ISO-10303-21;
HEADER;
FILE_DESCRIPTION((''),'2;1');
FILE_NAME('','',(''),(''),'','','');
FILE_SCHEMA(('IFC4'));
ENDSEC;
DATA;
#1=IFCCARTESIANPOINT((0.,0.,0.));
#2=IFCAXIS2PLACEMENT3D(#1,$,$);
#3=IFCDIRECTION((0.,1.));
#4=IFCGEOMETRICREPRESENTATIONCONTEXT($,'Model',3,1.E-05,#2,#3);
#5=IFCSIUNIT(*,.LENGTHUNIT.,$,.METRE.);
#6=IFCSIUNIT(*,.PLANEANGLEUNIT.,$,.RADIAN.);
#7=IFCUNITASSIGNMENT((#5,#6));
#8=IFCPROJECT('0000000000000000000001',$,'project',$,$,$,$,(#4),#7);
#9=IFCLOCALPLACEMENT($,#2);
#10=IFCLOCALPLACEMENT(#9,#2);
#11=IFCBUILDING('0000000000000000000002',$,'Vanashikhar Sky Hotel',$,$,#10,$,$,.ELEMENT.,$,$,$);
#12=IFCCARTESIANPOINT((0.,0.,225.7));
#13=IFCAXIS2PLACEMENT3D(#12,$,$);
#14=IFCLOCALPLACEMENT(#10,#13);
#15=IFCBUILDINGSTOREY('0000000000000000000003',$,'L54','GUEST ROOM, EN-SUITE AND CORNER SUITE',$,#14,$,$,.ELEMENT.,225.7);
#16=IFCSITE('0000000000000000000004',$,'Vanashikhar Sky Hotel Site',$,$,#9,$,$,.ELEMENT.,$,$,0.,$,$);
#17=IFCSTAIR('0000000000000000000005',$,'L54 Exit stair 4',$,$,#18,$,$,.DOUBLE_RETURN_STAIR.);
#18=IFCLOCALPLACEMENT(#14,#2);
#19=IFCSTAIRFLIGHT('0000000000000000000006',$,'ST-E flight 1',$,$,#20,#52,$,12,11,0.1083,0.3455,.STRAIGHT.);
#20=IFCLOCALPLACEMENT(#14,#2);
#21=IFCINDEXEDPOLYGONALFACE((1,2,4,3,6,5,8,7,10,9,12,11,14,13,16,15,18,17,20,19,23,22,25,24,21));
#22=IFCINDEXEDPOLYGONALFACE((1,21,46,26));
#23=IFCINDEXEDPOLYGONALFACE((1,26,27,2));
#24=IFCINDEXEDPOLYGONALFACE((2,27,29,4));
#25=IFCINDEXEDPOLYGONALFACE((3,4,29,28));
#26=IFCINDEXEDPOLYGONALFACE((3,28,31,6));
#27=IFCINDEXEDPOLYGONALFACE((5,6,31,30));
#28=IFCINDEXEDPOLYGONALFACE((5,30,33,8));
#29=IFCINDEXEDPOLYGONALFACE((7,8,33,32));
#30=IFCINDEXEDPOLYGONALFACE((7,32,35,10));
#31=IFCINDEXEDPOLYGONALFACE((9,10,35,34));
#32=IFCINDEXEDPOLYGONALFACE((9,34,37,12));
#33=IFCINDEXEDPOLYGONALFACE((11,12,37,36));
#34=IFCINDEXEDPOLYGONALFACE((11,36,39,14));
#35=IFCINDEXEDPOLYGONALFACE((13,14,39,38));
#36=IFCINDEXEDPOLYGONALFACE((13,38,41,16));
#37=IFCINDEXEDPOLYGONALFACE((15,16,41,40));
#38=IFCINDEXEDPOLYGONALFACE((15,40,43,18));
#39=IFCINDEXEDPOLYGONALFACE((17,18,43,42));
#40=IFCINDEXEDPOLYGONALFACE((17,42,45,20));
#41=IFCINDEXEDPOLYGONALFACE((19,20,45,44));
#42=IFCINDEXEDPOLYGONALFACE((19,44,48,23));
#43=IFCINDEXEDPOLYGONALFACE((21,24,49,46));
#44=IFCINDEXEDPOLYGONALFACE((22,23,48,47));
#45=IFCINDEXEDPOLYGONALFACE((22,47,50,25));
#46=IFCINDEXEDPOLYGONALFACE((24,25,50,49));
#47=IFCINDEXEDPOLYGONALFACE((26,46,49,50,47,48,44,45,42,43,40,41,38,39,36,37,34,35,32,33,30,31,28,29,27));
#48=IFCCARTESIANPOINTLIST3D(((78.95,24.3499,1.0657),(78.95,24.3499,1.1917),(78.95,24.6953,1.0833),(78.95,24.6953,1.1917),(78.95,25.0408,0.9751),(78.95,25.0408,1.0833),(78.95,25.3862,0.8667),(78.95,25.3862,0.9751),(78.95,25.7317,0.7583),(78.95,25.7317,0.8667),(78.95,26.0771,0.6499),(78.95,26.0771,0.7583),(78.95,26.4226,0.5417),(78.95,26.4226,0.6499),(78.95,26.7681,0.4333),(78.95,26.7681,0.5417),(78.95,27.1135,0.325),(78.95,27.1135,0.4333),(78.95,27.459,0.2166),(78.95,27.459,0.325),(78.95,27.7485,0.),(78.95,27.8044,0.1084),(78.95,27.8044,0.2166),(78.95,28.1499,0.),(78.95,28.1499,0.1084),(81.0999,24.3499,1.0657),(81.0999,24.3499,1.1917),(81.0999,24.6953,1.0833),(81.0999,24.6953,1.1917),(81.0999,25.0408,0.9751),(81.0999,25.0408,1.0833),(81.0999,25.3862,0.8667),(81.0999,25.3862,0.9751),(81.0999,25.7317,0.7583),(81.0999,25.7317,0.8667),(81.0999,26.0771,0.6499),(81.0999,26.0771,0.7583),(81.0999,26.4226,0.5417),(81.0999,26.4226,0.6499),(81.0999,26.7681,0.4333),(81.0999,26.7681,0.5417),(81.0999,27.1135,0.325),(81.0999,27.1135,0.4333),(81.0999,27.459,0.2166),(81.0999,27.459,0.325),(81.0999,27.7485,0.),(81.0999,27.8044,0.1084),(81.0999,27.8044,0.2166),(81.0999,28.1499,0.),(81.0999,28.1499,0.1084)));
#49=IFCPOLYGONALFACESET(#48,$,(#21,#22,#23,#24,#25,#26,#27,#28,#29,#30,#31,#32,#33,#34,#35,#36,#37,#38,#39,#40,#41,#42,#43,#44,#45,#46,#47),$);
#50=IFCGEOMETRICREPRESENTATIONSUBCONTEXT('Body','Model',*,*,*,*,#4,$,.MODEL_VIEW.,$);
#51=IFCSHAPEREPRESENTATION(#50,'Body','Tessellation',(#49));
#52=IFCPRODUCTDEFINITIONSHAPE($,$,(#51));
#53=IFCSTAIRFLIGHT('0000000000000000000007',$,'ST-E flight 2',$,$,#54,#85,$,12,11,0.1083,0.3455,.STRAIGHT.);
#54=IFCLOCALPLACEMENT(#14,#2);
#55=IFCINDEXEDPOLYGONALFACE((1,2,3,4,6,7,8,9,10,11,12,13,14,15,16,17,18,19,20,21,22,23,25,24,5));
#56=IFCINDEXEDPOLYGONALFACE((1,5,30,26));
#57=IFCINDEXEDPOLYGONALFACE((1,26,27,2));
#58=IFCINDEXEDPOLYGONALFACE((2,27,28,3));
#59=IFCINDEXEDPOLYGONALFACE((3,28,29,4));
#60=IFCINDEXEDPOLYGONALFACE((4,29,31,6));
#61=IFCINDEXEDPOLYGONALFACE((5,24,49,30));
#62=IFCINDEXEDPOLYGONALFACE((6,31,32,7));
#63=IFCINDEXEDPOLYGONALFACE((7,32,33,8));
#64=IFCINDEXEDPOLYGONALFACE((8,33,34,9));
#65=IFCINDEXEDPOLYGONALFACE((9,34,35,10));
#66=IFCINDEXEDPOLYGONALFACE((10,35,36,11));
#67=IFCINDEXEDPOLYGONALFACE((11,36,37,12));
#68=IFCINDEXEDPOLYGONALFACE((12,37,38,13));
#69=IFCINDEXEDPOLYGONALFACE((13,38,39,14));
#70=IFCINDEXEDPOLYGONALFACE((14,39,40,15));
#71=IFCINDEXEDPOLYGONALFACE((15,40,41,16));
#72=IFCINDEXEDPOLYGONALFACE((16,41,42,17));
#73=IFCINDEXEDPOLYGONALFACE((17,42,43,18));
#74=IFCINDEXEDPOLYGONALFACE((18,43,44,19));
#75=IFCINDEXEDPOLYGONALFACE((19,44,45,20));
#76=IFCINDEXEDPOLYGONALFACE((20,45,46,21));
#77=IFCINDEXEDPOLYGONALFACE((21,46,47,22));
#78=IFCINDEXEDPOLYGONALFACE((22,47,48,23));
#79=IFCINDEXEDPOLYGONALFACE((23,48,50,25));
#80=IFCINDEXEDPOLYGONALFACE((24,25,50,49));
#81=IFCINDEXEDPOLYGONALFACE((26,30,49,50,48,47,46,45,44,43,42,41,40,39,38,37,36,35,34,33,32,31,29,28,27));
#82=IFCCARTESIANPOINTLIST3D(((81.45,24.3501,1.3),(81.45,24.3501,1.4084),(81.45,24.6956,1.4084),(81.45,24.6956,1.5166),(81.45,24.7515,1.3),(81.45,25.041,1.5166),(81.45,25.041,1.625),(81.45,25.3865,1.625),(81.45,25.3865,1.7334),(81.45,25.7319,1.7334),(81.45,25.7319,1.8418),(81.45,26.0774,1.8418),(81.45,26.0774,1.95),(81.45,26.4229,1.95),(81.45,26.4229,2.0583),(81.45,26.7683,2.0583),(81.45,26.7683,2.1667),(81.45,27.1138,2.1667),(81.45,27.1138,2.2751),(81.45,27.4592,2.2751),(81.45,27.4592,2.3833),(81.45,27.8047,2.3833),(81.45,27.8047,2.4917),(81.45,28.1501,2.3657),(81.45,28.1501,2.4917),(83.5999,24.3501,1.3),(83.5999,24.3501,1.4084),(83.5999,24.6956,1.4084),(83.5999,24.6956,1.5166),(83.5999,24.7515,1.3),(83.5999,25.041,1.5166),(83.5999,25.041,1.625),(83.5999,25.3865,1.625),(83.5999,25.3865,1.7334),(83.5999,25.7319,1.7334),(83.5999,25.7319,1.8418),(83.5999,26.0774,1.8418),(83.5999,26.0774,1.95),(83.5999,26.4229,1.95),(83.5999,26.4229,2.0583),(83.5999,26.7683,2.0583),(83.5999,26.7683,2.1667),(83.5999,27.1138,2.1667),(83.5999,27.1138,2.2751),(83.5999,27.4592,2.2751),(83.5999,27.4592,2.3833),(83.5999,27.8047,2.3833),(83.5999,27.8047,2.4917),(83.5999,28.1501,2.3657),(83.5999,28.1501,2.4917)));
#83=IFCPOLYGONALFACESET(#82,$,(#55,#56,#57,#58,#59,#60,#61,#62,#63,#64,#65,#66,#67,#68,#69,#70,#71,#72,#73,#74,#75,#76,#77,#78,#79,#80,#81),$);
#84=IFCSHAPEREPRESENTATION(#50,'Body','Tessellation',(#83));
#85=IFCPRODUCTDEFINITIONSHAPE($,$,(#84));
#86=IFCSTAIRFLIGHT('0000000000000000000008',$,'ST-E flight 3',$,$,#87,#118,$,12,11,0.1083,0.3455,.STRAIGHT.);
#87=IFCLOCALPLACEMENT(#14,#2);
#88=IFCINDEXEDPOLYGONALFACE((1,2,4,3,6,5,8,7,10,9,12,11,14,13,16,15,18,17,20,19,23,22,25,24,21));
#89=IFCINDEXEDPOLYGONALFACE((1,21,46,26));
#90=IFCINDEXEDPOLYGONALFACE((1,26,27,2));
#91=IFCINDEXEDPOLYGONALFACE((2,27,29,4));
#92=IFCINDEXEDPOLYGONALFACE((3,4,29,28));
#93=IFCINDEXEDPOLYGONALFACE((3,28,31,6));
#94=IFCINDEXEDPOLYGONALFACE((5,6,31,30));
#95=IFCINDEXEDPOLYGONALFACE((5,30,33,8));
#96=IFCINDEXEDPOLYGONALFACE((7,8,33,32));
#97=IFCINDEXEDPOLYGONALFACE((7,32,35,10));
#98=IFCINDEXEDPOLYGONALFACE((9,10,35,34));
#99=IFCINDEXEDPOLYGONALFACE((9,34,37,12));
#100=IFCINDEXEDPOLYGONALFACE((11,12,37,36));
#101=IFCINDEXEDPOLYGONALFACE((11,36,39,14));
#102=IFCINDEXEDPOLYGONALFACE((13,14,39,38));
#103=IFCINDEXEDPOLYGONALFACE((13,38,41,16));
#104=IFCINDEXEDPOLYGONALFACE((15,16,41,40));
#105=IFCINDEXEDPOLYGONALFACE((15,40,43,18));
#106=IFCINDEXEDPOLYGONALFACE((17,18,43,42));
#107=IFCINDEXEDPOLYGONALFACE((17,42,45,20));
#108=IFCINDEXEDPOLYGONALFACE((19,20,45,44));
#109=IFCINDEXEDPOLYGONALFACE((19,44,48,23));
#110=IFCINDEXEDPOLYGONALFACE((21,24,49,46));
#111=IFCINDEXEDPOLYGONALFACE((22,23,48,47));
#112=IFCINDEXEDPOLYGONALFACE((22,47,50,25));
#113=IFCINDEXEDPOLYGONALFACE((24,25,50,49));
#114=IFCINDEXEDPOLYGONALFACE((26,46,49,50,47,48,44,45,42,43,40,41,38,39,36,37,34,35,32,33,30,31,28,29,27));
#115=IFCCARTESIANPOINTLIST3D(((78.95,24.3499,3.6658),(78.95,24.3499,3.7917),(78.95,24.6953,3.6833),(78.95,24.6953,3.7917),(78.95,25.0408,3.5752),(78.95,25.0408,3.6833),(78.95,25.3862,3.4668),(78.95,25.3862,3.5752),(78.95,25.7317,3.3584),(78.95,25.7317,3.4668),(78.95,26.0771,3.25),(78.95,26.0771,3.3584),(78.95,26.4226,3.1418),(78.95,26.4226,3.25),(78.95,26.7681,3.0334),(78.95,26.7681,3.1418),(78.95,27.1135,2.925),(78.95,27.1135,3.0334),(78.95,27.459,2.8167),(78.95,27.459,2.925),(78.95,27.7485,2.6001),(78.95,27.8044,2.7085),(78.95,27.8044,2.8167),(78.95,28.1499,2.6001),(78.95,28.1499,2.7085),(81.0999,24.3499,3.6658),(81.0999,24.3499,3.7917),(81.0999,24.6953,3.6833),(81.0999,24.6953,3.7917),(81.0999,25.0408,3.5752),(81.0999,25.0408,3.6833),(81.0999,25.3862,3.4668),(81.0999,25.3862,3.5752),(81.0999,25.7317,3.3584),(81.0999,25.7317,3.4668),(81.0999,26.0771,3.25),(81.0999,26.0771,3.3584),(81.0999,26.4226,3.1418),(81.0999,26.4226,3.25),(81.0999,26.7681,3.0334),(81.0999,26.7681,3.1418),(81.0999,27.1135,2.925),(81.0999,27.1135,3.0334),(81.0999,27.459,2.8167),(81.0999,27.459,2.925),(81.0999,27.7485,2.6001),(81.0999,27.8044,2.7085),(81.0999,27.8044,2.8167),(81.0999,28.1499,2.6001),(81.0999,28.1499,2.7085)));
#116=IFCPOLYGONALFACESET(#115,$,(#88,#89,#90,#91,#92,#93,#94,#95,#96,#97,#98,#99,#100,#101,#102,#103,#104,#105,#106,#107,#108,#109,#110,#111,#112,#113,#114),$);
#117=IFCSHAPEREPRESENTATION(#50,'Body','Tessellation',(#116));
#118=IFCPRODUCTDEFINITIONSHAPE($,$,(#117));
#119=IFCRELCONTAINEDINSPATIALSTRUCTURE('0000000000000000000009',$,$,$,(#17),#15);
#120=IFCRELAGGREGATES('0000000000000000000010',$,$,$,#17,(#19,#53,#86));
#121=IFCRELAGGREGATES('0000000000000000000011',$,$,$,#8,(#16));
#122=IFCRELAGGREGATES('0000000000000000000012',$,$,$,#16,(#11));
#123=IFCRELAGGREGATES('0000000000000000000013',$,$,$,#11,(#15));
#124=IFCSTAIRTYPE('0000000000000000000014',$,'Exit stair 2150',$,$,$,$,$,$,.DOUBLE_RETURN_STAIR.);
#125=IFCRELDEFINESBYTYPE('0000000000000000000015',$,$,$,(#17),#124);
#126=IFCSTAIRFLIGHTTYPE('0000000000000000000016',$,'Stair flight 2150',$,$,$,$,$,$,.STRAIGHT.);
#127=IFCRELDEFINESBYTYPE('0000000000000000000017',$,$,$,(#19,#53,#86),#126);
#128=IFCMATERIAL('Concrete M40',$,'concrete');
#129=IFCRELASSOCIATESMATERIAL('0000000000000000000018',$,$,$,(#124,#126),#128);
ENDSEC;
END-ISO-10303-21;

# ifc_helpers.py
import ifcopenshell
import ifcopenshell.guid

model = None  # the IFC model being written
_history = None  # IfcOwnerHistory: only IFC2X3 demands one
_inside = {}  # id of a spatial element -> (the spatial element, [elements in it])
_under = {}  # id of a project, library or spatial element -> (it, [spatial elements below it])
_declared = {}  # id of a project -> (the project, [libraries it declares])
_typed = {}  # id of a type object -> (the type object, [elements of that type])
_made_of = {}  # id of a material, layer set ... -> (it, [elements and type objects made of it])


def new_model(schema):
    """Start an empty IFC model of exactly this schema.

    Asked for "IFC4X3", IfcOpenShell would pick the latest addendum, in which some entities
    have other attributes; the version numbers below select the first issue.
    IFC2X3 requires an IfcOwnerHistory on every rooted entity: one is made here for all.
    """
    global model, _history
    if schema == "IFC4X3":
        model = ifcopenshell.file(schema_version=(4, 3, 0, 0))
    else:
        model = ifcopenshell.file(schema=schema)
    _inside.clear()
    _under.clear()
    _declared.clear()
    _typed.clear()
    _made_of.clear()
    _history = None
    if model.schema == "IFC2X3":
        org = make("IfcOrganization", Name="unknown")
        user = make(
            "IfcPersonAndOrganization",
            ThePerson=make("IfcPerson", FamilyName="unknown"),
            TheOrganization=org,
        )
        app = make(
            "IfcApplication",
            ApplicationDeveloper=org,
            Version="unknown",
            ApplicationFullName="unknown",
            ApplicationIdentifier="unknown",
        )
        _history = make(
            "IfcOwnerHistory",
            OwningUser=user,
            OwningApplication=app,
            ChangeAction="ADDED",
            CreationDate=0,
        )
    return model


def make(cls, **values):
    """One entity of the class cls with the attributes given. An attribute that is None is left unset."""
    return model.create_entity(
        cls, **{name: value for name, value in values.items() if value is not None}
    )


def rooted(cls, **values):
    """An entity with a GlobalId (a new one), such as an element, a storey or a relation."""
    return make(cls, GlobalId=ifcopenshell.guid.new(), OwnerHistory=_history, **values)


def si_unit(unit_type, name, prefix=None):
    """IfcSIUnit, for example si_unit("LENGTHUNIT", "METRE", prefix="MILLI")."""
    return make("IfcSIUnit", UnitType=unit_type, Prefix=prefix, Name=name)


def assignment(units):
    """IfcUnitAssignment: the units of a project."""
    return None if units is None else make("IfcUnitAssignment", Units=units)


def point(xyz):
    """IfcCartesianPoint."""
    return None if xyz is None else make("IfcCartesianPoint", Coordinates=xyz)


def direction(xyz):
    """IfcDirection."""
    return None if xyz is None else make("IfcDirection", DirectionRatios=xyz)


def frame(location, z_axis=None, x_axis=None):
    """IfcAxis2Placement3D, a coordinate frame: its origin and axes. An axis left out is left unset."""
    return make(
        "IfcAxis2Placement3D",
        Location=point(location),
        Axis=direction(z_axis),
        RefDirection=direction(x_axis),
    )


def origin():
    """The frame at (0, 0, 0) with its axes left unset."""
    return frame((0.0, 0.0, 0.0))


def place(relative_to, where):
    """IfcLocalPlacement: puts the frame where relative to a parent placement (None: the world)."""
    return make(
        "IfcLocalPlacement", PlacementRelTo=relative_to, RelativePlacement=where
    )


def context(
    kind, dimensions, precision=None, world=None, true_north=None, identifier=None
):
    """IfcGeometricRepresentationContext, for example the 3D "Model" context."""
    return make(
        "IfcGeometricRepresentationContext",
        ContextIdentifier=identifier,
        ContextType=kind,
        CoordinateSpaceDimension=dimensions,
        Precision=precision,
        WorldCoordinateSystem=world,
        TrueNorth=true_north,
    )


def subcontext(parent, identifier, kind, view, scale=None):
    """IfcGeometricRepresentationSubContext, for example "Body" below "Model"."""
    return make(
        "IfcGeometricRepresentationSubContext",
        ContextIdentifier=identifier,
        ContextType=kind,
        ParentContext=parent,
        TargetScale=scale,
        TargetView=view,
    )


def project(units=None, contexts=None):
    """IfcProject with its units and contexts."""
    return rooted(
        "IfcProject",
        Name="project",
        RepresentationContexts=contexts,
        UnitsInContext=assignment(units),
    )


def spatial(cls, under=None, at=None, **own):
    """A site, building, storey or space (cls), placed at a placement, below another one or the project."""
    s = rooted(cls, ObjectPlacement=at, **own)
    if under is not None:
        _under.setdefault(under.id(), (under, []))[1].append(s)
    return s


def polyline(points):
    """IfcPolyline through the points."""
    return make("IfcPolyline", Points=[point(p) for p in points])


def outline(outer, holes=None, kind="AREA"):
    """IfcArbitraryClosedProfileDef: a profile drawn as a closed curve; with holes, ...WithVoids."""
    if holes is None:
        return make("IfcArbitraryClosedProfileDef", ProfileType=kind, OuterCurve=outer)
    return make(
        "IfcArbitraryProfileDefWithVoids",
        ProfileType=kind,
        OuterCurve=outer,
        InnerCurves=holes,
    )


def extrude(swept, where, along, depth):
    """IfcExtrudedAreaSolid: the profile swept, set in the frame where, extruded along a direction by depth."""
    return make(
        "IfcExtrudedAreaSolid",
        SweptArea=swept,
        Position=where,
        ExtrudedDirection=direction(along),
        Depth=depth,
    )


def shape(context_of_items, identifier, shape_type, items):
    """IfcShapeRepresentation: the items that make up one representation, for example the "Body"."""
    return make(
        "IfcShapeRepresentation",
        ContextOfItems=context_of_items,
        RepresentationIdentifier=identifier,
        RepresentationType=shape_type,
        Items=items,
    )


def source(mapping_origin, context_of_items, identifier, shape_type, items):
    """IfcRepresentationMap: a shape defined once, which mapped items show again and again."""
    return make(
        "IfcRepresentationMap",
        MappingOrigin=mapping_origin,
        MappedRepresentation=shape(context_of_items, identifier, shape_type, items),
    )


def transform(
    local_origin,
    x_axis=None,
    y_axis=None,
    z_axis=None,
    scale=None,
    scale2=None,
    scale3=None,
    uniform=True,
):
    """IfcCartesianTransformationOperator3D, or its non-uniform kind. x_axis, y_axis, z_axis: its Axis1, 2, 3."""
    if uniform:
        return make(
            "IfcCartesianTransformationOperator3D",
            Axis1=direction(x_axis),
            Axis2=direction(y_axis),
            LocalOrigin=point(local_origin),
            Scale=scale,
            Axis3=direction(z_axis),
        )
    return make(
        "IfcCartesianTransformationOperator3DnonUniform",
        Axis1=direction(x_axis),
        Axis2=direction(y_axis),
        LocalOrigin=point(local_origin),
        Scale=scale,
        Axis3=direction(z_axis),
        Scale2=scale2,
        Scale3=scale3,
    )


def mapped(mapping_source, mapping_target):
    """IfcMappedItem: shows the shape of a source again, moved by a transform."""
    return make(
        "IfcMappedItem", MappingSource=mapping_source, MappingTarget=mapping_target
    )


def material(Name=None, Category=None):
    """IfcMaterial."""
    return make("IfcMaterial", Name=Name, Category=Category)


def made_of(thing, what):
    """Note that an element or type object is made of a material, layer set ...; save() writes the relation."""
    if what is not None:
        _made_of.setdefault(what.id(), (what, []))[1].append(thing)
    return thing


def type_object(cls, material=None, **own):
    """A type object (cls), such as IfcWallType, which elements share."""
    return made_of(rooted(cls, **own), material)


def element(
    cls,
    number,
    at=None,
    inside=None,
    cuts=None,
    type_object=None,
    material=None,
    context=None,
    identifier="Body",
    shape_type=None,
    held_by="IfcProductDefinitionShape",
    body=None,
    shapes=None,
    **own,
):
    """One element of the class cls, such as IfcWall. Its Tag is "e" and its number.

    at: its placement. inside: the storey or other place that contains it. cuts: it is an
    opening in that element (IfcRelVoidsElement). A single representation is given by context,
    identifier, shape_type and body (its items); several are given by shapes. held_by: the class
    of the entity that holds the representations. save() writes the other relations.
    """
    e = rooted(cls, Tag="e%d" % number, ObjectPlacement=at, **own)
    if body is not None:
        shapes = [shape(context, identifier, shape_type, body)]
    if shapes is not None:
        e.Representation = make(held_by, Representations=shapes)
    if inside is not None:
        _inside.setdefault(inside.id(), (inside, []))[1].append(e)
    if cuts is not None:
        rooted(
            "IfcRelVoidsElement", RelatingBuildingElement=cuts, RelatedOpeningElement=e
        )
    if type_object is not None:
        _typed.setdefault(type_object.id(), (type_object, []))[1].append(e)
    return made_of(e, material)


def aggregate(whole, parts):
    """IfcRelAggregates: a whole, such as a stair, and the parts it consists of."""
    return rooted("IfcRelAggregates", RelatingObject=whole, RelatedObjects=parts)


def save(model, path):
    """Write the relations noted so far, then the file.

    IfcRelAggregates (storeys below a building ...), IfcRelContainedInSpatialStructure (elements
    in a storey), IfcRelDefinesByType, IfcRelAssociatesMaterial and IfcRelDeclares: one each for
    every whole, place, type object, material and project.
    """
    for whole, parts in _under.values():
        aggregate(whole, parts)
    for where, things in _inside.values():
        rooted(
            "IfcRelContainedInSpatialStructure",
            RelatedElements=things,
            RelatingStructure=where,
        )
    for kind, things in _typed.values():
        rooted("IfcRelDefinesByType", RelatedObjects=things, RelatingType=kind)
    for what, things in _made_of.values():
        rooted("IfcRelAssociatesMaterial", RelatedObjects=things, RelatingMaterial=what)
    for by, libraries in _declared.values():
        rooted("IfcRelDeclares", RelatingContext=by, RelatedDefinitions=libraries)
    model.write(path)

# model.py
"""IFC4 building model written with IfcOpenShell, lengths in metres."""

from ifc_helpers import new_model, si_unit, direction, frame, origin, place, context, subcontext, project, spatial, polyline, outline, extrude, source, transform, mapped, material, type_object, element, aggregate, save


model = new_model("IFC4")

# Units and contexts
model_context = context("Model", 3, precision=1e-05, world=origin(), true_north=direction((0.0, 1.0)))
body_context = subcontext(model_context, "Body", "Model", "MODEL_VIEW")
ifc_project = project(units=[si_unit("LENGTHUNIT", "METRE"), si_unit("PLANEANGLEUNIT", "RADIAN")], contexts=[model_context])

# Site, building, storey
site_placement = place(None, origin())
site = spatial("IfcSite", under=ifc_project, at=site_placement, Name="Vanashikhar Sky Hotel Site", CompositionType="ELEMENT", RefElevation=0.0)
building_placement = place(site_placement, origin())
building = spatial("IfcBuilding", under=site, at=building_placement, Name="Vanashikhar Sky Hotel", CompositionType="ELEMENT")
storey_placement = place(building_placement, frame((0.0, 0.0, 225.7)))
storey = spatial("IfcBuildingStorey", under=building, at=storey_placement, Name="L54", Description="GUEST ROOM, EN-SUITE AND CORNER SUITE", CompositionType="ELEMENT", Elevation=225.7)

# Shared definitions
ifc_material_1 = material(Name="Concrete M40", Category="concrete")
stair_type = type_object("IfcStairType", Name="Exit stair 2150", PredefinedType="DOUBLE_RETURN_STAIR", material=ifc_material_1)
stair_flight_type = type_object("IfcStairFlightType", Name="Stair flight 2150", PredefinedType="STRAIGHT", material=ifc_material_1)
shared_shape_1 = source(origin(), body_context, "Body", "SweptSolid", [
    extrude(outline(polyline([(0.0, 0.0), (0.0, 0.1084), (0.3455, 0.1084), (0.3455, 0.2166), (0.6909, 0.2166), (0.6909, 0.325), (1.0364, 0.325), (1.0364, 0.4333), (1.3818, 0.4333), (1.3818, 0.5417), (1.7273, 0.5417), (1.7273, 0.6499), (2.0728, 0.6499), (2.0728, 0.7583), (2.4182, 0.7583), (2.4182, 0.8667), (2.7637, 0.8667), (2.7637, 0.9751), (3.1091, 0.9751), (3.1091, 1.0833), (3.4546, 1.0833), (3.4546, 1.1917), (3.8, 1.1917), (3.8, 1.3), (3.8, 1.0657), (0.4014, 0.0), (0.0, 0.0)])), frame((0.0, 1.075, 0.0), z_axis=(0.0, -1.0, 0.0), x_axis=(1.0, 0.0, 0.0)), (0.0, 0.0, 1.0), 2.1499),
])

# Stair, stair flights
stair_1_placement = place(storey_placement, origin())
stair_1 = element("IfcStair", 1, at=stair_1_placement, inside=storey, type_object=stair_type, Name="L54 Exit stair 4", PredefinedType="DOUBLE_RETURN_STAIR")
stair_flight_1_placement = place(storey_placement, frame((80.0249, 28.1499, 0.0), z_axis=(0.0, 0.0, 1.0), x_axis=(0.0, -1.0, 0.0)))
stair_flight_1 = element("IfcStairFlight", 2, at=stair_flight_1_placement, type_object=stair_flight_type, Name="ST-E flight 1", NumberOfRisers=12, NumberOfTreads=11, PredefinedType="STRAIGHT", RiserHeight=0.1083, TreadLength=0.3455, context=body_context, shape_type="MappedRepresentation", body=[
    mapped(shared_shape_1, transform((0.0, 0.0, 0.0), scale=1.0)),
])
stair_flight_2_placement = place(storey_placement, frame((82.5249, 24.3501, 1.3), z_axis=(0.0, 0.0, 1.0), x_axis=(0.0, 1.0, 0.0)))
stair_flight_2 = element("IfcStairFlight", 3, at=stair_flight_2_placement, type_object=stair_flight_type, Name="ST-E flight 2", NumberOfRisers=12, NumberOfTreads=11, PredefinedType="STRAIGHT", RiserHeight=0.1083, TreadLength=0.3455, context=body_context, shape_type="MappedRepresentation", body=[
    mapped(shared_shape_1, transform((0.0, 0.0, 0.0), scale=1.0)),
])
stair_flight_3_placement = place(storey_placement, frame((80.0249, 28.1499, 2.6001), z_axis=(0.0, 0.0, 1.0), x_axis=(0.0, -1.0, 0.0)))
stair_flight_3 = element("IfcStairFlight", 4, at=stair_flight_3_placement, type_object=stair_flight_type, Name="ST-E flight 3", NumberOfRisers=12, NumberOfTreads=11, PredefinedType="STRAIGHT", RiserHeight=0.1083, TreadLength=0.3455, context=body_context, shape_type="MappedRepresentation", body=[
    mapped(shared_shape_1, transform((0.0, 0.0, 0.0), scale=1.0)),
])
aggregate(stair_1, [stair_flight_1, stair_flight_2, stair_flight_3])

save(model, "model.ifc")
